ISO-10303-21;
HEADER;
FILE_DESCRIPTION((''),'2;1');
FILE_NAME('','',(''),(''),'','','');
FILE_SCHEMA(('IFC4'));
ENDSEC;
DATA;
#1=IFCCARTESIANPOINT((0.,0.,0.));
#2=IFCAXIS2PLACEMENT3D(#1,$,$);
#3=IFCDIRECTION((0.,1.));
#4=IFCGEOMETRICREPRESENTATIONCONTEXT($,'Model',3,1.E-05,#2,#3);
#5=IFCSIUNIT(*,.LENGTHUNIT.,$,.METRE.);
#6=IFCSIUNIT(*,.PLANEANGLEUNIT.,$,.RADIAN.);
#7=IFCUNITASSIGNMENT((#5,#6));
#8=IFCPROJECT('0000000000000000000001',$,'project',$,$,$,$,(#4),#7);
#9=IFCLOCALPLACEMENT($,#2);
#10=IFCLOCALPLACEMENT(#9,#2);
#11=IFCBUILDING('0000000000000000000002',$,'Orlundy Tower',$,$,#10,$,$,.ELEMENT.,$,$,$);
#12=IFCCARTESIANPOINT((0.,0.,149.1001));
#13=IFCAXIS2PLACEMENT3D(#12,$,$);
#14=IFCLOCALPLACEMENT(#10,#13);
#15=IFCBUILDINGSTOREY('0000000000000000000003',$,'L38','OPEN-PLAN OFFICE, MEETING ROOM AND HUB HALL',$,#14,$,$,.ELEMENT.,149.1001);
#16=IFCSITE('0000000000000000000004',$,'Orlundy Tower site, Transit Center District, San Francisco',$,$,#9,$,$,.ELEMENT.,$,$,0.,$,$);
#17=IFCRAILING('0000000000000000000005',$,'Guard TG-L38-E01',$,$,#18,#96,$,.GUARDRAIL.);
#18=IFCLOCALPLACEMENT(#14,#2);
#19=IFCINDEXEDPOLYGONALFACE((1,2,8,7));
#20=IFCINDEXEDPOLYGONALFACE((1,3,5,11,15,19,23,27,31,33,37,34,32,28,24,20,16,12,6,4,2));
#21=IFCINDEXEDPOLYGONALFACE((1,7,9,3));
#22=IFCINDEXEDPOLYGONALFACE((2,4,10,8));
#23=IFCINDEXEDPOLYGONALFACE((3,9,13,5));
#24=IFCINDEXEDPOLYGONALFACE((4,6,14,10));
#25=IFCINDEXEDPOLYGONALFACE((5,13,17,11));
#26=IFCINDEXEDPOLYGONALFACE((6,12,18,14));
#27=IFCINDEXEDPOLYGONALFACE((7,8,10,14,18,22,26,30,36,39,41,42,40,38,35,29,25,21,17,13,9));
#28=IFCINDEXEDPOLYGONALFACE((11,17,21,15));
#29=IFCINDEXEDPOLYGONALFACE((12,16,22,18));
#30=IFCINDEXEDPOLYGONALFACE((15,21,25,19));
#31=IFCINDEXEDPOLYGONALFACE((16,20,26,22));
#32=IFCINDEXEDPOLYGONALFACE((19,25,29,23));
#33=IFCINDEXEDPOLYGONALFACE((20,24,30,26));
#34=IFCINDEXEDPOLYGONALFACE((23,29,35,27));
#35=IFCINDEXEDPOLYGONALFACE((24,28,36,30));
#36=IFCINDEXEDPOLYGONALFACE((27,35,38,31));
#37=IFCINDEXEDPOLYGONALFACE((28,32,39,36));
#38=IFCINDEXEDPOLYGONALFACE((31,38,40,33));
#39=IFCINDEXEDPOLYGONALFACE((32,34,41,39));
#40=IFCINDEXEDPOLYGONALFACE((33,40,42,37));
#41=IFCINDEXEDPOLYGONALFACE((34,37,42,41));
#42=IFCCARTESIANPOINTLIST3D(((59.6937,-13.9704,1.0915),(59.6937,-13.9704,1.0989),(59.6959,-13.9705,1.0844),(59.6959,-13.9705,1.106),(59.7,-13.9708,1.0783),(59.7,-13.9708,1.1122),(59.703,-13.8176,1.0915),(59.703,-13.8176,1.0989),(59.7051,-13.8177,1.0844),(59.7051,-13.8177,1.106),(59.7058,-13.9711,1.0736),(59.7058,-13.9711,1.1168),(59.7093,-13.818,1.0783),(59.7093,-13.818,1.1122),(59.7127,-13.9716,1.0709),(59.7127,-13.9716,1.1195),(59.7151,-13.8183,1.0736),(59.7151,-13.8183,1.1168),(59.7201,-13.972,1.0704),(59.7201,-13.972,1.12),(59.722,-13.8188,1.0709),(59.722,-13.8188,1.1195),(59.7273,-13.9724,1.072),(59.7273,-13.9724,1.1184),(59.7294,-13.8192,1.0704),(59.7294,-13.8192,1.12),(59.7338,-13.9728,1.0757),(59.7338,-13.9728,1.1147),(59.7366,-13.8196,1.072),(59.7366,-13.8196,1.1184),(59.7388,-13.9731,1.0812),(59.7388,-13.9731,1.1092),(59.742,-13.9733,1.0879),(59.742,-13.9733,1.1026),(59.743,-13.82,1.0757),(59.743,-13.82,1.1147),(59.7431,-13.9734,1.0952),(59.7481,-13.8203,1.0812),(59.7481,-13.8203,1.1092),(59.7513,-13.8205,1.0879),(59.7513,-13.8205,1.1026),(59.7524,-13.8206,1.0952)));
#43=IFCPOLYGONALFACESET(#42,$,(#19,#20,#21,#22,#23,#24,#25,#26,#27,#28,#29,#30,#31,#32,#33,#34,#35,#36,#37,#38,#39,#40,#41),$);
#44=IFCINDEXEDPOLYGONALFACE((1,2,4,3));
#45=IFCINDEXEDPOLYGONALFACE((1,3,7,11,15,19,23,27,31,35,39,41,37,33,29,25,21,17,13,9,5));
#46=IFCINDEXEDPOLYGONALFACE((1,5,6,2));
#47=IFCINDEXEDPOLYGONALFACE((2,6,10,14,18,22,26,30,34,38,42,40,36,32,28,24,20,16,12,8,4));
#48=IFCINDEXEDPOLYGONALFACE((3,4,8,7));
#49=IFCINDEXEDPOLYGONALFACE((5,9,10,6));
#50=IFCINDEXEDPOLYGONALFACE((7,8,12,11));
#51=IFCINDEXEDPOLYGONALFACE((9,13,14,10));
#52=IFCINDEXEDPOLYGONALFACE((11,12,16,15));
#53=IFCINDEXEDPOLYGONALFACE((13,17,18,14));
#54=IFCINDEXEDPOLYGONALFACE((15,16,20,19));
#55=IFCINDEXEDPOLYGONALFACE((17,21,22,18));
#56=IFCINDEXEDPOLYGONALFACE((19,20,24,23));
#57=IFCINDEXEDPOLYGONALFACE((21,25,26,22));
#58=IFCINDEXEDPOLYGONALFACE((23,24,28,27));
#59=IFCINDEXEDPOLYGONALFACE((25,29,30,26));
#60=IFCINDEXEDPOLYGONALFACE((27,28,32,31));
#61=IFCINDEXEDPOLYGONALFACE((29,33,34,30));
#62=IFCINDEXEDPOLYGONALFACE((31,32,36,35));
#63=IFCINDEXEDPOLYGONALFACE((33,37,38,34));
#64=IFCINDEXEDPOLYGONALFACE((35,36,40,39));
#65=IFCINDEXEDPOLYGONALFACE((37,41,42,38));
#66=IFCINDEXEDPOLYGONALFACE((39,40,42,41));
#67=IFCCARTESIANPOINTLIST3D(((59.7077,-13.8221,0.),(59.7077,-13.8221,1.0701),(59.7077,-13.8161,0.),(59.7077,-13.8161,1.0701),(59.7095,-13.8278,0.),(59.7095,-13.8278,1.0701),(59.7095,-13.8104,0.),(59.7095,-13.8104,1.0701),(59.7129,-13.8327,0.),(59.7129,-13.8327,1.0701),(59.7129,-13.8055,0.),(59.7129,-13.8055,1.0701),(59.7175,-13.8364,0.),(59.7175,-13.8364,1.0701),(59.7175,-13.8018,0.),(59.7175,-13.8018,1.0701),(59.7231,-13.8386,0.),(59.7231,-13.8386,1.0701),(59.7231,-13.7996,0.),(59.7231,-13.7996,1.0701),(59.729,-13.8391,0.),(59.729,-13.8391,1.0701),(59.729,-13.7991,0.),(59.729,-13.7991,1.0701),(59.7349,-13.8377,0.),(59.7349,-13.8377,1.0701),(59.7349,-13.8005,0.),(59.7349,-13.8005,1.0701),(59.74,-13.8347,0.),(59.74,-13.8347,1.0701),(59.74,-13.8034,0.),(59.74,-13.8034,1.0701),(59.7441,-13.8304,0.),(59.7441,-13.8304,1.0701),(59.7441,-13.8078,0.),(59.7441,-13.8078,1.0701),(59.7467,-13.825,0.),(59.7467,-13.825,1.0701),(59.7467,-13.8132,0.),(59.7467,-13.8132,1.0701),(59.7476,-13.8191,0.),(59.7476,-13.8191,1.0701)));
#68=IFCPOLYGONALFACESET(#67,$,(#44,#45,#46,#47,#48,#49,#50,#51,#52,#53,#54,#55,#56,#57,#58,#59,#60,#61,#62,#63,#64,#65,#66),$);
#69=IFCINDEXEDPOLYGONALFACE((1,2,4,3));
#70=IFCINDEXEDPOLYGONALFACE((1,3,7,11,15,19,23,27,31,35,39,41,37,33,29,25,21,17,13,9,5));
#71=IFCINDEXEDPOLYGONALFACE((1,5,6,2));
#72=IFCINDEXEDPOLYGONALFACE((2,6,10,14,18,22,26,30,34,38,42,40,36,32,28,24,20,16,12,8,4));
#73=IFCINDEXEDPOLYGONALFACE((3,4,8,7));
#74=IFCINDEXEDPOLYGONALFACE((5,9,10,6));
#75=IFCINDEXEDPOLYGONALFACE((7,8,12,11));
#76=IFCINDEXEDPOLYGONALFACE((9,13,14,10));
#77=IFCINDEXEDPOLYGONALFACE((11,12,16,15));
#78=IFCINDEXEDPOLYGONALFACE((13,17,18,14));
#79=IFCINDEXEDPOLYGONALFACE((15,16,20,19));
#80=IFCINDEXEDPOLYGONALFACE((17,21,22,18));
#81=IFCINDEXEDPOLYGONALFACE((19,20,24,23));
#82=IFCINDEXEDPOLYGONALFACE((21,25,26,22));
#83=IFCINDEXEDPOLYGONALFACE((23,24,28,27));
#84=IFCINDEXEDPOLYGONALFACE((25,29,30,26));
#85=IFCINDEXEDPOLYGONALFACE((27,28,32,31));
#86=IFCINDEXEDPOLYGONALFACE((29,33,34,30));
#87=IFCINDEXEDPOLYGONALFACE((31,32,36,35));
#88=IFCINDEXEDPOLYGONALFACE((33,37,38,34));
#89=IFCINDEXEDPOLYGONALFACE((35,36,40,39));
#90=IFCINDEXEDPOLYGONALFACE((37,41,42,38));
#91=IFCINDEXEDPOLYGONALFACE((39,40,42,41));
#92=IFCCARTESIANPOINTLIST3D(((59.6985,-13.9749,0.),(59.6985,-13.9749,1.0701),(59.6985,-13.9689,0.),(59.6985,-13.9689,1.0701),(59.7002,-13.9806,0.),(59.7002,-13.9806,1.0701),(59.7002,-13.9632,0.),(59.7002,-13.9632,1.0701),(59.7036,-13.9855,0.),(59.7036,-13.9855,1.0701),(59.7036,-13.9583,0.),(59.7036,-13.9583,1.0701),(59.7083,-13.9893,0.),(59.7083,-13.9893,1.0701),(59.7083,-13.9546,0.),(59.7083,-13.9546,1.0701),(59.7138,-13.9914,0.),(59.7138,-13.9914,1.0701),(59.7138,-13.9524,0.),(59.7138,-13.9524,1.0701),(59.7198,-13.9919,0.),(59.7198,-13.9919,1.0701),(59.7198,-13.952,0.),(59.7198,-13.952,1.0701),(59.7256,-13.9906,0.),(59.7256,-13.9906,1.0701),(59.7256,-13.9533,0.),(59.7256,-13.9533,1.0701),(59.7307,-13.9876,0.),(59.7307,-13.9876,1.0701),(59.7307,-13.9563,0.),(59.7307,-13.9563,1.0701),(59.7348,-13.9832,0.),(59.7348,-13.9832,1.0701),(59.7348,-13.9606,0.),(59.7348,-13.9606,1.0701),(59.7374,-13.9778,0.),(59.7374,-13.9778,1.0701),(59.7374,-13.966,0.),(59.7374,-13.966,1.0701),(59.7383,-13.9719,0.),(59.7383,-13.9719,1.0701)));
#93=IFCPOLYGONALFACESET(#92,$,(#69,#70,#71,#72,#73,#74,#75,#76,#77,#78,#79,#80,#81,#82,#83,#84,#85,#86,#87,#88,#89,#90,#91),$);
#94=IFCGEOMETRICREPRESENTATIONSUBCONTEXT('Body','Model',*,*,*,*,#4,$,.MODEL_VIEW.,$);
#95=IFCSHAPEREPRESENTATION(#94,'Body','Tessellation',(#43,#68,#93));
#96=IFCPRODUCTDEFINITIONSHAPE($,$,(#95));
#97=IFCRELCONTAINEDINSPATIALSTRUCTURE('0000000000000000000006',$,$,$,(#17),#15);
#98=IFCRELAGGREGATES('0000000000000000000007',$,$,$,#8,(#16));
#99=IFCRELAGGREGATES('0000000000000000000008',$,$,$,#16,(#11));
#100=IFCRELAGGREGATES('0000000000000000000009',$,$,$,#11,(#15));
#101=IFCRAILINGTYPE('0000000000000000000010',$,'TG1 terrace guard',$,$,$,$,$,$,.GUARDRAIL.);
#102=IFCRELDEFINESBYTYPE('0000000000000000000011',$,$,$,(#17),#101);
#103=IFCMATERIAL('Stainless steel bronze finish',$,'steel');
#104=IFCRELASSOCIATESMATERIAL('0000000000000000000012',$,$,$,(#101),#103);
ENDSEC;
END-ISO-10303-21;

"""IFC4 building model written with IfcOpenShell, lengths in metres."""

from ifc_helpers import new_model, si_unit, direction, frame, origin, origin_2d, place, context, subcontext, project, spatial, circle, extrude, material, type_object, element, save


model = new_model("IFC4")

# Units and contexts
model_context = context("Model", 3, precision=1e-05, world=origin(), true_north=direction((0.0, 1.0)))
body_context = subcontext(model_context, "Body", "Model", "MODEL_VIEW")
ifc_project = project(units=[si_unit("LENGTHUNIT", "METRE"), si_unit("PLANEANGLEUNIT", "RADIAN")], contexts=[model_context])

# Site, building, storey
site_placement = place(None, origin())
site = spatial("IfcSite", under=ifc_project, at=site_placement, Name="Orlundy Tower site, Transit Center District, San Francisco", CompositionType="ELEMENT", RefElevation=0.0)
building_placement = place(site_placement, origin())
building = spatial("IfcBuilding", under=site, at=building_placement, Name="Orlundy Tower", CompositionType="ELEMENT")
storey_placement = place(building_placement, frame((0.0, 0.0, 149.1001)))
storey = spatial("IfcBuildingStorey", under=building, at=storey_placement, Name="L38", Description="OPEN-PLAN OFFICE, MEETING ROOM AND HUB HALL", CompositionType="ELEMENT", Elevation=149.1001)

# Railing
ifc_material_1 = material(Name="Stainless steel bronze finish", Category="steel")
railing_type = type_object("IfcRailingType", Name="TG1 terrace guard", PredefinedType="GUARDRAIL", material=ifc_material_1)
railing_placement = place(storey_placement, frame((59.7275, -13.8191, 0.0)))
element("IfcRailing", 1, at=railing_placement, inside=storey, type_object=railing_type, Name="Guard TG-L38-E01", PredefinedType="GUARDRAIL", context=body_context, shape_type="SweptSolid", body=[
    extrude(circle(Radius=0.0249, at=origin_2d()), frame((0.0, 0.0, 1.0952), z_axis=(-0.060591, -0.998163, 0.0), x_axis=(0.998163, -0.060591, 0.0)), (0.0, 0.0, 1.0), 0.1531),
    extrude(circle(Radius=0.02, at=origin_2d()), origin(), (0.0, 0.0, 1.0), 1.0701),
    extrude(circle(Radius=0.02, at=origin_2d()), frame((-0.0093, -0.1528, 0.0)), (0.0, 0.0, 1.0), 1.0701),
])

save(model, "model.ifc")
